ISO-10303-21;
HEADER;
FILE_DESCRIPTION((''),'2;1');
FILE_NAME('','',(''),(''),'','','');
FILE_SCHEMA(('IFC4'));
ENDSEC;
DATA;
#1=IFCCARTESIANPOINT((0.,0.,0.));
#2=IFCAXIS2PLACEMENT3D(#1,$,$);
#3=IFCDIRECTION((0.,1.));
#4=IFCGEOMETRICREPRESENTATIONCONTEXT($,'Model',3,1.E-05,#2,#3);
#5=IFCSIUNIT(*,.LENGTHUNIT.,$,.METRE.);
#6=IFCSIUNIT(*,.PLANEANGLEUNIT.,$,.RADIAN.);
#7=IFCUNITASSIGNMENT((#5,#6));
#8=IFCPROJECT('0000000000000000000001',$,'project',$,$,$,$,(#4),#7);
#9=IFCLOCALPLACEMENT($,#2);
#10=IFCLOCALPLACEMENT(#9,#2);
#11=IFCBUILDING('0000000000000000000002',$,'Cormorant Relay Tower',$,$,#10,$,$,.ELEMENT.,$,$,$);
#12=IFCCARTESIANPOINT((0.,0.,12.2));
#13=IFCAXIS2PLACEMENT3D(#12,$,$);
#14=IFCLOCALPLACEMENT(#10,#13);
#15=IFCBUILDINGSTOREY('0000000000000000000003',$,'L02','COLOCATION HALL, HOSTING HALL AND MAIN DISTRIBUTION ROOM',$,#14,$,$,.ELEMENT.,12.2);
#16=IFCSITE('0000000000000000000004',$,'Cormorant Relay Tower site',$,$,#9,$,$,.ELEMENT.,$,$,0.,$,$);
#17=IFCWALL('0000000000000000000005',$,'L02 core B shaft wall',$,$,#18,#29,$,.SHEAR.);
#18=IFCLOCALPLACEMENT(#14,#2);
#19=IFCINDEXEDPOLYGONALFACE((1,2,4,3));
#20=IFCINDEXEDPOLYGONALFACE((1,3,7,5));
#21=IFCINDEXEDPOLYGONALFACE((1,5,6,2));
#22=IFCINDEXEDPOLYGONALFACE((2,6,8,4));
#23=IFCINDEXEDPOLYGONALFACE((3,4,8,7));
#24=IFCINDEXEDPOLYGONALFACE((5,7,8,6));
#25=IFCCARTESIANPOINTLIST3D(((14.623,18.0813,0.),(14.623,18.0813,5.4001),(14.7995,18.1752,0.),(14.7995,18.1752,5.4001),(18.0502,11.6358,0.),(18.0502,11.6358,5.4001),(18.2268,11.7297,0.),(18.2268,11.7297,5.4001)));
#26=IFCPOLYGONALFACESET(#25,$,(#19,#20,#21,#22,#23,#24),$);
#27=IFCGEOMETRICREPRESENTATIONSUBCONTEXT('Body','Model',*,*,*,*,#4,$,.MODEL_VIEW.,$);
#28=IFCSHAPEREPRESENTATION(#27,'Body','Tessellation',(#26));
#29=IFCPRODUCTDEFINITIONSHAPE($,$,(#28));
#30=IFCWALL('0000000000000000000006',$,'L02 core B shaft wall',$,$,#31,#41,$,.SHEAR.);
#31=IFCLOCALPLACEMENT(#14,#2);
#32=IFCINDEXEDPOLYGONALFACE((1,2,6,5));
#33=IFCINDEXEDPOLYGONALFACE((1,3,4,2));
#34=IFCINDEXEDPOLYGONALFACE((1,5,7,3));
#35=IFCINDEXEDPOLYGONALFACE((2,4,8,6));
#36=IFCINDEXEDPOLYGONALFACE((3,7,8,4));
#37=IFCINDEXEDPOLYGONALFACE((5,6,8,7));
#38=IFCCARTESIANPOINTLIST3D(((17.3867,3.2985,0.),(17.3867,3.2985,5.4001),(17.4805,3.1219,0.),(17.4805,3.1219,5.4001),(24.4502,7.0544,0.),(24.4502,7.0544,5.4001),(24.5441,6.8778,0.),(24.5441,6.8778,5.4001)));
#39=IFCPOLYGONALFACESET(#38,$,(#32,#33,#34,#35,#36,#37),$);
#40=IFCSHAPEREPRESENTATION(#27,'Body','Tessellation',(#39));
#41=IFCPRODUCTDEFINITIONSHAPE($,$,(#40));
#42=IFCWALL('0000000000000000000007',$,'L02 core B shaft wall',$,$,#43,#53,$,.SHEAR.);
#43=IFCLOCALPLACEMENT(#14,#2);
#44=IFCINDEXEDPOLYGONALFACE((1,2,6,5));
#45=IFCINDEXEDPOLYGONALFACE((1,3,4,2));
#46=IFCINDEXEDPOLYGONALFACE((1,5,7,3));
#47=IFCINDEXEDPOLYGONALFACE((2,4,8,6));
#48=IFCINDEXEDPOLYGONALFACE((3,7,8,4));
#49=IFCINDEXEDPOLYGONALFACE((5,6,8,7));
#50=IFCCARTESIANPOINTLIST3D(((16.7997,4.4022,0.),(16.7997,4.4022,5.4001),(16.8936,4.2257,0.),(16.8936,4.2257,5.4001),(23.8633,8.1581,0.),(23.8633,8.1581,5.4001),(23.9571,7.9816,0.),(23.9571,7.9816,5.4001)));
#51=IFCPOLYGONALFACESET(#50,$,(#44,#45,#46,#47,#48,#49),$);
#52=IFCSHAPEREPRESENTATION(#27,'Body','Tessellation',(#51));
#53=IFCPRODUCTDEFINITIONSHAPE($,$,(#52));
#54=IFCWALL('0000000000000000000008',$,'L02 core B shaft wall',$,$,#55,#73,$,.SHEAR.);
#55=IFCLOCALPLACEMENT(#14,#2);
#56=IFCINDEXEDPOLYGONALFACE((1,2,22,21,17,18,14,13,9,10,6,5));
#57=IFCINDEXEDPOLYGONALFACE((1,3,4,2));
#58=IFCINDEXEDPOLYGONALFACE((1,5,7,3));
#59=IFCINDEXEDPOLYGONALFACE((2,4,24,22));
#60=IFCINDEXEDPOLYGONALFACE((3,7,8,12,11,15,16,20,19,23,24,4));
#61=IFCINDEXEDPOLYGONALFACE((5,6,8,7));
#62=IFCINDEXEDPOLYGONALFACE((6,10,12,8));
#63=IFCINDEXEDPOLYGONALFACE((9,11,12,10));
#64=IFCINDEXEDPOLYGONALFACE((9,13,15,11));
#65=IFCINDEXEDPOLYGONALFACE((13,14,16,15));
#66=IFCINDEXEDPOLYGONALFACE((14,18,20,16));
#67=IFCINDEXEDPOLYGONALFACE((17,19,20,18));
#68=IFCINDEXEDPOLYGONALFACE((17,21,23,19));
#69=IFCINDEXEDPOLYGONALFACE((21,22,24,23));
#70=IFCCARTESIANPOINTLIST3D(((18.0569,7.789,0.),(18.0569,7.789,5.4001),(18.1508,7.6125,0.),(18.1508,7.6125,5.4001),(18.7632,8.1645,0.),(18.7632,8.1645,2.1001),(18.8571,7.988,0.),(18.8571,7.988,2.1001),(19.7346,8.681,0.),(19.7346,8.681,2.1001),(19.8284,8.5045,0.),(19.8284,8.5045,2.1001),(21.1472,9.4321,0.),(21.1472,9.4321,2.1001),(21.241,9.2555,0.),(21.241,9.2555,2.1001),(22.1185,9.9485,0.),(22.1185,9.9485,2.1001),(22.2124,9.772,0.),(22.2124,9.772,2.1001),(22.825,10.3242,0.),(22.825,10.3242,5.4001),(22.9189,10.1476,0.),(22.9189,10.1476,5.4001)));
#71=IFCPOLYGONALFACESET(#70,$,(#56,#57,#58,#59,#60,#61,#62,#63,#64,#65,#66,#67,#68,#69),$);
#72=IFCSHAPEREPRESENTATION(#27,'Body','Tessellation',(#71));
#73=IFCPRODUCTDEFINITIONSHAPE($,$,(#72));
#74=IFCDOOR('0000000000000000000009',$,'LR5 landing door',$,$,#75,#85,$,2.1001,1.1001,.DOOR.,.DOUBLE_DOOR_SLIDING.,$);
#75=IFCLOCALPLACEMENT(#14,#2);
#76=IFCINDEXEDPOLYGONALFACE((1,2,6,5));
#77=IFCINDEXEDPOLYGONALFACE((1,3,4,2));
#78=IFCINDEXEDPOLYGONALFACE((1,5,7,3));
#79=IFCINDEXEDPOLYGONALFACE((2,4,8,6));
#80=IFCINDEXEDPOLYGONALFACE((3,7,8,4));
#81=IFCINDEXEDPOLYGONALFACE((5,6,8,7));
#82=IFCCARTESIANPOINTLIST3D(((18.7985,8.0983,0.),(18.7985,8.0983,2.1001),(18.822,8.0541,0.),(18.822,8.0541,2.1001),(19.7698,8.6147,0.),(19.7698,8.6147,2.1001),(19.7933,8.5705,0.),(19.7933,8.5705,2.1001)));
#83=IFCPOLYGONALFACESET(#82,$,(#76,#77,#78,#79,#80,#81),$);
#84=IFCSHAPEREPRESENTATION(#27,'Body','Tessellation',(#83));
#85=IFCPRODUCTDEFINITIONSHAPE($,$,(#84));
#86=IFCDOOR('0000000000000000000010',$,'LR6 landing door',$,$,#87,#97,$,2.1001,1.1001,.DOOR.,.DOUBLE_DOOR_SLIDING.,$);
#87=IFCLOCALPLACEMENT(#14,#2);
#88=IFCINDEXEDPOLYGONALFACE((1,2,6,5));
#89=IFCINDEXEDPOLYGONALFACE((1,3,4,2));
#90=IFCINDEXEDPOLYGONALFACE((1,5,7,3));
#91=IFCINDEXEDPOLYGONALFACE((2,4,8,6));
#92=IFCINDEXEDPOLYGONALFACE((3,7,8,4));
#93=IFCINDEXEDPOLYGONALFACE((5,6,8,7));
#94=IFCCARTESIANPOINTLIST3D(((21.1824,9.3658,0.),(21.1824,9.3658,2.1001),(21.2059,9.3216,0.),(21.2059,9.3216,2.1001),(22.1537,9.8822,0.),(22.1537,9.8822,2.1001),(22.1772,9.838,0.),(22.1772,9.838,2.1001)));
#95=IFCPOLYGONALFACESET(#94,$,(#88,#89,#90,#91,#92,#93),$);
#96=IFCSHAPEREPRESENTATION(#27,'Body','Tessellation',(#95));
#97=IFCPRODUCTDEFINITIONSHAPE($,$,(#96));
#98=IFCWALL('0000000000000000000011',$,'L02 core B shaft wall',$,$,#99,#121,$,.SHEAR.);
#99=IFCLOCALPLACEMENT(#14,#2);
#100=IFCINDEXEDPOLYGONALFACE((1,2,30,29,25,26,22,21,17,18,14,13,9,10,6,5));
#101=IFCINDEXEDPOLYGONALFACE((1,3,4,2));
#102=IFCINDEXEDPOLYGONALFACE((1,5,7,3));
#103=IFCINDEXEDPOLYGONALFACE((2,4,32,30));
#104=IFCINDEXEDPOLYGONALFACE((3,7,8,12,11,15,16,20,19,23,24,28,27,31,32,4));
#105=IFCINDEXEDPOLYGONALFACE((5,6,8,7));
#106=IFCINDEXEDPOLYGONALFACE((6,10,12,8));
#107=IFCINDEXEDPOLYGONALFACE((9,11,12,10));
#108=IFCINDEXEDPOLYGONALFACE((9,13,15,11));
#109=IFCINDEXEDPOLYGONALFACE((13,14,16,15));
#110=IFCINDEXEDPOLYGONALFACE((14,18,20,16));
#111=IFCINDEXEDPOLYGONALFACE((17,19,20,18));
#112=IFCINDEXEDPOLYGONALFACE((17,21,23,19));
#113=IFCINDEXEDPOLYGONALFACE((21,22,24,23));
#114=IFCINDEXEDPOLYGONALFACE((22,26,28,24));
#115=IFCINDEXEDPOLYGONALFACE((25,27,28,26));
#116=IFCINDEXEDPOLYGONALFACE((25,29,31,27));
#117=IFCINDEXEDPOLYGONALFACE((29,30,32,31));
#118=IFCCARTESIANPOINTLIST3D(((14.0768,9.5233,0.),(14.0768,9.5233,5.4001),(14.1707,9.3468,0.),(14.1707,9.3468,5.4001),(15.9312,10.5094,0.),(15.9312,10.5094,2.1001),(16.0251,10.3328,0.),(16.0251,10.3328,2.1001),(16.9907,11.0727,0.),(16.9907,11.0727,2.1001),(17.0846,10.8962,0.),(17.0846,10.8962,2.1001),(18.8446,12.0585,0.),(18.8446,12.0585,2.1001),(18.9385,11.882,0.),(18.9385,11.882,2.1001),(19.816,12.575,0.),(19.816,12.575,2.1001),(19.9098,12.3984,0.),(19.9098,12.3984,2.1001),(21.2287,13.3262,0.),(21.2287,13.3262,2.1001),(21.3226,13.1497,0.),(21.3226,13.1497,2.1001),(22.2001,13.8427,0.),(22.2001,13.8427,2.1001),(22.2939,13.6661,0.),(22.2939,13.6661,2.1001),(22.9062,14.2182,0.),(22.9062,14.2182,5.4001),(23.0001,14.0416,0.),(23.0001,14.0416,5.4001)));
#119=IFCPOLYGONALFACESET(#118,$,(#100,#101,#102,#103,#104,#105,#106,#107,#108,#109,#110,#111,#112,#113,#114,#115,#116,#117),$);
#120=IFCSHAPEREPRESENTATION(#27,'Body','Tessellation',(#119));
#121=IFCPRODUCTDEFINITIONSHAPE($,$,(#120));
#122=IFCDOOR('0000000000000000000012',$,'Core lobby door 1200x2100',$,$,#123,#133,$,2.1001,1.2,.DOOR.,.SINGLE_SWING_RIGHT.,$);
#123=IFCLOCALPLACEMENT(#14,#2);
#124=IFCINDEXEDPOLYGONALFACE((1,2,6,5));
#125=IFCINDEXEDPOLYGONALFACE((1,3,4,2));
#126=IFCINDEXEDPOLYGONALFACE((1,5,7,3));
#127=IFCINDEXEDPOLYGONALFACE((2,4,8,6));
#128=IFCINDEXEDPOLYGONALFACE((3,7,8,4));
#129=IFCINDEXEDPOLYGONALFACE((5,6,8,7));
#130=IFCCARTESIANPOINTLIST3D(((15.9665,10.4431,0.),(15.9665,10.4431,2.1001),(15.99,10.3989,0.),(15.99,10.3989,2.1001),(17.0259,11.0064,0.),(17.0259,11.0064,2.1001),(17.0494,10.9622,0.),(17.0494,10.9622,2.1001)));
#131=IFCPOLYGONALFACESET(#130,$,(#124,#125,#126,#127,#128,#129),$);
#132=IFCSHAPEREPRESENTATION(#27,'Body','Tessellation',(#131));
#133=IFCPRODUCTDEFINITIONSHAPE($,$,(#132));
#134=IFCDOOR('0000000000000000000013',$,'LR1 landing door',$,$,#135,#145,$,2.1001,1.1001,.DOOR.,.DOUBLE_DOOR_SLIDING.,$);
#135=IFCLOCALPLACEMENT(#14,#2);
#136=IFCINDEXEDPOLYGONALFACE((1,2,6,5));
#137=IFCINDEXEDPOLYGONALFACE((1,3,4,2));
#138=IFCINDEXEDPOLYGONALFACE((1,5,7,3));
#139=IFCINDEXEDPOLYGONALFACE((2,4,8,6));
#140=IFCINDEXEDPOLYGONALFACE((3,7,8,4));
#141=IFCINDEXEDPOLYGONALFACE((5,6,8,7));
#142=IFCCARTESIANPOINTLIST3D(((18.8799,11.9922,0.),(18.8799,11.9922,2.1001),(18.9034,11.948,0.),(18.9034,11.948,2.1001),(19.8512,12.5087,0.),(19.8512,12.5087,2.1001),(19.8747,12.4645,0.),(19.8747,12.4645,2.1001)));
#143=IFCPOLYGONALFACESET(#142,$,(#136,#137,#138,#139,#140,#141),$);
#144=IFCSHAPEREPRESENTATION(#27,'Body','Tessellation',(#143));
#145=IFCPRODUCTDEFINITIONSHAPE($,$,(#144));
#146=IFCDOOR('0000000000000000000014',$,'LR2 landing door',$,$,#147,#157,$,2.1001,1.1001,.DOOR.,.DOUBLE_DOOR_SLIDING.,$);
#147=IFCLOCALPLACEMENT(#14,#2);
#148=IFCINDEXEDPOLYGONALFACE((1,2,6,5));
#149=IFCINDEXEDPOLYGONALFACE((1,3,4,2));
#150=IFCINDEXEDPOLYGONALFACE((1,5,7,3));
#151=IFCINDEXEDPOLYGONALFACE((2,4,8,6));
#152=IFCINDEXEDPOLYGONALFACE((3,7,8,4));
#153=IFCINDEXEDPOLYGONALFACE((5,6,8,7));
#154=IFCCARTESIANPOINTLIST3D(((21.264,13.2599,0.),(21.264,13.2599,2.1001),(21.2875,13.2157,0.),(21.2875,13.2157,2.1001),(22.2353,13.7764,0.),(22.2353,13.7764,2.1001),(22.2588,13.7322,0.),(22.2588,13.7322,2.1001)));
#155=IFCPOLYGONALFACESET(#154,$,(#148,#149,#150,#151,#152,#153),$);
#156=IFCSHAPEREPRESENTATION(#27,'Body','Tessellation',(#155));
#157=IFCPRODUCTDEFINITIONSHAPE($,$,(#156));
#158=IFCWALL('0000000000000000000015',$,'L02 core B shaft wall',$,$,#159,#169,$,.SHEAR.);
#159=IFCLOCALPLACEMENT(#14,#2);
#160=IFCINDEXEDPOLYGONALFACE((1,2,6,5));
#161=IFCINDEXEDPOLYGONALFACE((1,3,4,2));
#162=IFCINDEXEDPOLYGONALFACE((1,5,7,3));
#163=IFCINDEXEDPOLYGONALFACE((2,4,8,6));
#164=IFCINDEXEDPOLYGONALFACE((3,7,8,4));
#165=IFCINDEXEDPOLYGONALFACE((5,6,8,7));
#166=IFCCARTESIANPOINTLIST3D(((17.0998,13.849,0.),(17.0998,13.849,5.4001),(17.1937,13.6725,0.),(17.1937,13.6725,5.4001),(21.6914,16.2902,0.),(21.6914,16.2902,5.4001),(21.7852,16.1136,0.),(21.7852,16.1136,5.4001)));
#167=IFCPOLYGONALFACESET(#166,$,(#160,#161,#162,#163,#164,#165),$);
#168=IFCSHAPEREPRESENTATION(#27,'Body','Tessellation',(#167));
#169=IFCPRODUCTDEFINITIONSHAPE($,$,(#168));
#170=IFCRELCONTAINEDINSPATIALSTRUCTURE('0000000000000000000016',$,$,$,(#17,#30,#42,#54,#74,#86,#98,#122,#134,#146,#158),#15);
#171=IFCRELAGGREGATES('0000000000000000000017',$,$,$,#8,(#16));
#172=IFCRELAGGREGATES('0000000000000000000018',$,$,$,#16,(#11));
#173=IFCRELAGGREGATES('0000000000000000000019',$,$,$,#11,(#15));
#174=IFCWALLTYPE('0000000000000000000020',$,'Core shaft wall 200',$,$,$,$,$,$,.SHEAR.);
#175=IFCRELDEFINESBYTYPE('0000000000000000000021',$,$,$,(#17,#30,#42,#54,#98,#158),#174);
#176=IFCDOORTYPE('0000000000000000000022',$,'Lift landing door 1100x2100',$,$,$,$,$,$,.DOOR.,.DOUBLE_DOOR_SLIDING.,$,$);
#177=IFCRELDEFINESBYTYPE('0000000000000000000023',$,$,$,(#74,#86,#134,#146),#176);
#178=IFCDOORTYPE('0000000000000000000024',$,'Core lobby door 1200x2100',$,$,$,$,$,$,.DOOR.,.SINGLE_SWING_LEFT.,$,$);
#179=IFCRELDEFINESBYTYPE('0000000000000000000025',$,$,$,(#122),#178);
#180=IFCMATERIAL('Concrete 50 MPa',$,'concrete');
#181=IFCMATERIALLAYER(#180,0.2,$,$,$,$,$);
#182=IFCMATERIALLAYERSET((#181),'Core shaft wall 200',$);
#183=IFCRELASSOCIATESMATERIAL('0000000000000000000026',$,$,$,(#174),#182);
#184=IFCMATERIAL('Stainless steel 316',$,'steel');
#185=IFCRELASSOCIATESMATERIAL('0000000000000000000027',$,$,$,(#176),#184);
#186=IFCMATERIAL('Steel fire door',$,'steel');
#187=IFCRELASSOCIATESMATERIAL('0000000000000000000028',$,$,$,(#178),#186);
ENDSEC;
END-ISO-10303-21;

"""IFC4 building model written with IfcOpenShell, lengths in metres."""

from ifc_helpers import new_model, si_unit, direction, frame, frame_2d, origin, place, context, subcontext, project, spatial, rectangle, extrude, material, layer, layer_set, type_object, element, fill, save


model = new_model("IFC4")

# Units and contexts
model_context = context("Model", 3, precision=1e-05, world=origin(), true_north=direction((0.0, 1.0)))
body_context = subcontext(model_context, "Body", "Model", "MODEL_VIEW")
ifc_project = project(units=[si_unit("LENGTHUNIT", "METRE"), si_unit("PLANEANGLEUNIT", "RADIAN")], contexts=[model_context])

# Site, building, storey
site_placement = place(None, origin())
site = spatial("IfcSite", under=ifc_project, at=site_placement, Name="Cormorant Relay Tower site", CompositionType="ELEMENT", RefElevation=0.0)
building_placement = place(site_placement, origin())
building = spatial("IfcBuilding", under=site, at=building_placement, Name="Cormorant Relay Tower", CompositionType="ELEMENT")
storey_placement = place(building_placement, frame((0.0, 0.0, 12.2)))
storey = spatial("IfcBuildingStorey", under=building, at=storey_placement, Name="L02", Description="COLOCATION HALL, HOSTING HALL AND MAIN DISTRIBUTION ROOM", CompositionType="ELEMENT", Elevation=12.2)

# Walls
ifc_material_1 = material(Name="Concrete 50 MPa", Category="concrete")
ifc_layer_1 = layer(ifc_material_1, 0.2)
ifc_layer_set_1 = layer_set([ifc_layer_1], Name="Core shaft wall 200")
wall_type_1 = type_object("IfcWallType", Name="Core shaft wall 200", PredefinedType="SHEAR", material=ifc_layer_set_1)
wall_1_placement = place(storey_placement, frame((18.1384, 11.6829, 0.0), z_axis=(0.0, 0.0, 1.0), x_axis=(-0.46948, 0.882943, 0.0)))
element("IfcWall", 1, at=wall_1_placement, inside=storey, type_object=wall_type_1, Name="L02 core B shaft wall", PredefinedType="SHEAR", context=body_context, shape_type="SweptSolid", body=[
    extrude(rectangle(XDim=7.3, YDim=0.2, at=frame_2d((3.6499, 0.0))), origin(), (0.0, 0.0, 1.0), 5.4001),
])
for number, where, z_axis, x_axis, name in (
    (2, (17.4336, 3.2102, 0.0), (0.0, 0.0, 1.0), (0.88294, 0.469485, 0.0), "L02 core B shaft wall"),
    (3, (16.8467, 4.314, 0.0), (0.0, 0.0, 1.0), (0.88294, 0.469485, 0.0), "L02 core B shaft wall"),
):
    element("IfcWall", number, at=place(storey_placement, frame(where, z_axis=z_axis, x_axis=x_axis)), inside=storey, type_object=wall_type_1, Name=name, PredefinedType="SHEAR", context=body_context, shape_type="SweptSolid", body=[
        extrude(rectangle(XDim=8.0, YDim=0.2, at=frame_2d((4.0, 0.0))), origin(), (0.0, 0.0, 1.0), 5.4001),
    ])

# Walls, openings, doors
wall_2_placement = place(storey_placement, frame((18.1038, 7.7007, 0.0), z_axis=(0.0, 0.0, 1.0), x_axis=(0.882953, 0.469462, 0.0)))
wall_2 = element("IfcWall", 4, at=wall_2_placement, inside=storey, type_object=wall_type_1, Name="L02 core B shaft wall", PredefinedType="SHEAR", context=body_context, shape_type="SweptSolid", body=[
    extrude(rectangle(XDim=5.4001, YDim=0.2, at=frame_2d((2.7002, 0.0))), origin(), (0.0, 0.0, 1.0), 5.4001),
])
opening_1_placement = place(wall_2_placement, frame((0.8, 0.0, 0.0)))
opening_1 = element("IfcOpeningElement", 5, at=opening_1_placement, cuts=wall_2, PredefinedType="OPENING", context=body_context, shape_type="SweptSolid", body=[
    extrude(rectangle(XDim=1.1001, YDim=2.1001, at=frame_2d((0.55, 1.05))), frame((0.0, 0.1099, 0.0), z_axis=(0.0, -1.0, 0.0), x_axis=(1.0, 0.0, 0.0)), (0.0, 0.0, 1.0), 0.22),
])
opening_2_placement = place(wall_2_placement, frame((3.5, 0.0, 0.0)))
opening_2 = element("IfcOpeningElement", 6, at=opening_2_placement, cuts=wall_2, PredefinedType="OPENING", context=body_context, shape_type="SweptSolid", body=[
    extrude(rectangle(XDim=1.1001, YDim=2.1001, at=frame_2d((0.55, 1.05))), frame((0.0, 0.1099, 0.0), z_axis=(0.0, -1.0, 0.0), x_axis=(1.0, 0.0, 0.0)), (0.0, 0.0, 1.0), 0.22),
])
ifc_material_2 = material(Name="Stainless steel 316", Category="steel")
door_type_1 = type_object("IfcDoorType", Name="Lift landing door 1100x2100", OperationType="DOUBLE_DOOR_SLIDING", PredefinedType="DOOR", material=ifc_material_2)
door_1_placement = place(opening_1_placement, origin())
door_1 = element("IfcDoor", 7, at=door_1_placement, inside=storey, type_object=door_type_1, Name="LR5 landing door", OperationType="DOUBLE_DOOR_SLIDING", OverallHeight=2.1001, OverallWidth=1.1001, PredefinedType="DOOR", context=body_context, shape_type="SweptSolid", body=[
    extrude(rectangle(XDim=1.1001, YDim=2.1001, at=frame_2d((0.55, 1.05))), frame((0.0, 0.0249, 0.0), z_axis=(0.0, -1.0, 0.0), x_axis=(1.0, 0.0, 0.0)), (0.0, 0.0, 1.0), 0.05),
])
fill(opening_1, door_1)
door_2_placement = place(opening_2_placement, origin())
door_2 = element("IfcDoor", 8, at=door_2_placement, inside=storey, type_object=door_type_1, Name="LR6 landing door", OperationType="DOUBLE_DOOR_SLIDING", OverallHeight=2.1001, OverallWidth=1.1001, PredefinedType="DOOR", context=body_context, shape_type="SweptSolid", body=[
    extrude(rectangle(XDim=1.1001, YDim=2.1001, at=frame_2d((0.55, 1.05))), frame((0.0, 0.0249, 0.0), z_axis=(0.0, -1.0, 0.0), x_axis=(1.0, 0.0, 0.0)), (0.0, 0.0, 1.0), 0.05),
])
fill(opening_2, door_2)
wall_3_placement = place(storey_placement, frame((14.1238, 9.4351, 0.0), z_axis=(0.0, 0.0, 1.0), x_axis=(0.88294, 0.469485, 0.0)))
wall_3 = element("IfcWall", 9, at=wall_3_placement, inside=storey, type_object=wall_type_1, Name="L02 core B shaft wall", PredefinedType="SHEAR", context=body_context, shape_type="SweptSolid", body=[
    extrude(rectangle(XDim=10.0, YDim=0.2, at=frame_2d((5.0, 0.0))), origin(), (0.0, 0.0, 1.0), 5.4001),
])
opening_3_placement = place(wall_3_placement, frame((2.1001, 0.0, 0.0)))
opening_3 = element("IfcOpeningElement", 10, at=opening_3_placement, cuts=wall_3, PredefinedType="OPENING", context=body_context, shape_type="SweptSolid", body=[
    extrude(rectangle(XDim=1.2, YDim=2.1001, at=frame_2d((0.6001, 1.05))), frame((0.0, 0.1099, 0.0), z_axis=(0.0, -1.0, 0.0), x_axis=(1.0, 0.0, 0.0)), (0.0, 0.0, 1.0), 0.22),
])
opening_4_placement = place(wall_3_placement, frame((5.3999, 0.0, 0.0)))
opening_4 = element("IfcOpeningElement", 11, at=opening_4_placement, cuts=wall_3, PredefinedType="OPENING", context=body_context, shape_type="SweptSolid", body=[
    extrude(rectangle(XDim=1.1001, YDim=2.1001, at=frame_2d((0.55, 1.05))), frame((0.0, 0.1099, 0.0), z_axis=(0.0, -1.0, 0.0), x_axis=(1.0, 0.0, 0.0)), (0.0, 0.0, 1.0), 0.22),
])
opening_5_placement = place(wall_3_placement, frame((8.1001, 0.0, 0.0)))
opening_5 = element("IfcOpeningElement", 12, at=opening_5_placement, cuts=wall_3, PredefinedType="OPENING", context=body_context, shape_type="SweptSolid", body=[
    extrude(rectangle(XDim=1.1001, YDim=2.1001, at=frame_2d((0.55, 1.05))), frame((0.0, 0.1099, 0.0), z_axis=(0.0, -1.0, 0.0), x_axis=(1.0, 0.0, 0.0)), (0.0, 0.0, 1.0), 0.22),
])
ifc_material_3 = material(Name="Steel fire door", Category="steel")
door_type_2 = type_object("IfcDoorType", Name="Core lobby door 1200x2100", OperationType="SINGLE_SWING_LEFT", PredefinedType="DOOR", material=ifc_material_3)
door_3_placement = place(opening_3_placement, origin())
door_3 = element("IfcDoor", 13, at=door_3_placement, inside=storey, type_object=door_type_2, Name="Core lobby door 1200x2100", OperationType="SINGLE_SWING_RIGHT", OverallHeight=2.1001, OverallWidth=1.2, PredefinedType="DOOR", context=body_context, shape_type="SweptSolid", body=[
    extrude(rectangle(XDim=1.2, YDim=2.1001, at=frame_2d((0.6001, 1.05))), frame((0.0, 0.0249, 0.0), z_axis=(0.0, -1.0, 0.0), x_axis=(1.0, 0.0, 0.0)), (0.0, 0.0, 1.0), 0.05),
])
fill(opening_3, door_3)
door_4_placement = place(opening_4_placement, origin())
door_4 = element("IfcDoor", 14, at=door_4_placement, inside=storey, type_object=door_type_1, Name="LR1 landing door", OperationType="DOUBLE_DOOR_SLIDING", OverallHeight=2.1001, OverallWidth=1.1001, PredefinedType="DOOR", context=body_context, shape_type="SweptSolid", body=[
    extrude(rectangle(XDim=1.1001, YDim=2.1001, at=frame_2d((0.55, 1.05))), frame((0.0, 0.0249, 0.0), z_axis=(0.0, -1.0, 0.0), x_axis=(1.0, 0.0, 0.0)), (0.0, 0.0, 1.0), 0.05),
])
fill(opening_4, door_4)
door_5_placement = place(opening_5_placement, origin())
door_5 = element("IfcDoor", 15, at=door_5_placement, inside=storey, type_object=door_type_1, Name="LR2 landing door", OperationType="DOUBLE_DOOR_SLIDING", OverallHeight=2.1001, OverallWidth=1.1001, PredefinedType="DOOR", context=body_context, shape_type="SweptSolid", body=[
    extrude(rectangle(XDim=1.1001, YDim=2.1001, at=frame_2d((0.55, 1.05))), frame((0.0, 0.0249, 0.0), z_axis=(0.0, -1.0, 0.0), x_axis=(1.0, 0.0, 0.0)), (0.0, 0.0, 1.0), 0.05),
])
fill(opening_5, door_5)

# Wall
wall_4_placement = place(storey_placement, frame((17.1467, 13.7607, 0.0), z_axis=(0.0, 0.0, 1.0), x_axis=(0.882964, 0.46944, 0.0)))
element("IfcWall", 16, at=wall_4_placement, inside=storey, type_object=wall_type_1, Name="L02 core B shaft wall", PredefinedType="SHEAR", context=body_context, shape_type="SweptSolid", body=[
    extrude(rectangle(XDim=5.2002, YDim=0.2, at=frame_2d((2.6001, 0.0))), origin(), (0.0, 0.0, 1.0), 5.4001),
])

save(model, "model.ifc")
